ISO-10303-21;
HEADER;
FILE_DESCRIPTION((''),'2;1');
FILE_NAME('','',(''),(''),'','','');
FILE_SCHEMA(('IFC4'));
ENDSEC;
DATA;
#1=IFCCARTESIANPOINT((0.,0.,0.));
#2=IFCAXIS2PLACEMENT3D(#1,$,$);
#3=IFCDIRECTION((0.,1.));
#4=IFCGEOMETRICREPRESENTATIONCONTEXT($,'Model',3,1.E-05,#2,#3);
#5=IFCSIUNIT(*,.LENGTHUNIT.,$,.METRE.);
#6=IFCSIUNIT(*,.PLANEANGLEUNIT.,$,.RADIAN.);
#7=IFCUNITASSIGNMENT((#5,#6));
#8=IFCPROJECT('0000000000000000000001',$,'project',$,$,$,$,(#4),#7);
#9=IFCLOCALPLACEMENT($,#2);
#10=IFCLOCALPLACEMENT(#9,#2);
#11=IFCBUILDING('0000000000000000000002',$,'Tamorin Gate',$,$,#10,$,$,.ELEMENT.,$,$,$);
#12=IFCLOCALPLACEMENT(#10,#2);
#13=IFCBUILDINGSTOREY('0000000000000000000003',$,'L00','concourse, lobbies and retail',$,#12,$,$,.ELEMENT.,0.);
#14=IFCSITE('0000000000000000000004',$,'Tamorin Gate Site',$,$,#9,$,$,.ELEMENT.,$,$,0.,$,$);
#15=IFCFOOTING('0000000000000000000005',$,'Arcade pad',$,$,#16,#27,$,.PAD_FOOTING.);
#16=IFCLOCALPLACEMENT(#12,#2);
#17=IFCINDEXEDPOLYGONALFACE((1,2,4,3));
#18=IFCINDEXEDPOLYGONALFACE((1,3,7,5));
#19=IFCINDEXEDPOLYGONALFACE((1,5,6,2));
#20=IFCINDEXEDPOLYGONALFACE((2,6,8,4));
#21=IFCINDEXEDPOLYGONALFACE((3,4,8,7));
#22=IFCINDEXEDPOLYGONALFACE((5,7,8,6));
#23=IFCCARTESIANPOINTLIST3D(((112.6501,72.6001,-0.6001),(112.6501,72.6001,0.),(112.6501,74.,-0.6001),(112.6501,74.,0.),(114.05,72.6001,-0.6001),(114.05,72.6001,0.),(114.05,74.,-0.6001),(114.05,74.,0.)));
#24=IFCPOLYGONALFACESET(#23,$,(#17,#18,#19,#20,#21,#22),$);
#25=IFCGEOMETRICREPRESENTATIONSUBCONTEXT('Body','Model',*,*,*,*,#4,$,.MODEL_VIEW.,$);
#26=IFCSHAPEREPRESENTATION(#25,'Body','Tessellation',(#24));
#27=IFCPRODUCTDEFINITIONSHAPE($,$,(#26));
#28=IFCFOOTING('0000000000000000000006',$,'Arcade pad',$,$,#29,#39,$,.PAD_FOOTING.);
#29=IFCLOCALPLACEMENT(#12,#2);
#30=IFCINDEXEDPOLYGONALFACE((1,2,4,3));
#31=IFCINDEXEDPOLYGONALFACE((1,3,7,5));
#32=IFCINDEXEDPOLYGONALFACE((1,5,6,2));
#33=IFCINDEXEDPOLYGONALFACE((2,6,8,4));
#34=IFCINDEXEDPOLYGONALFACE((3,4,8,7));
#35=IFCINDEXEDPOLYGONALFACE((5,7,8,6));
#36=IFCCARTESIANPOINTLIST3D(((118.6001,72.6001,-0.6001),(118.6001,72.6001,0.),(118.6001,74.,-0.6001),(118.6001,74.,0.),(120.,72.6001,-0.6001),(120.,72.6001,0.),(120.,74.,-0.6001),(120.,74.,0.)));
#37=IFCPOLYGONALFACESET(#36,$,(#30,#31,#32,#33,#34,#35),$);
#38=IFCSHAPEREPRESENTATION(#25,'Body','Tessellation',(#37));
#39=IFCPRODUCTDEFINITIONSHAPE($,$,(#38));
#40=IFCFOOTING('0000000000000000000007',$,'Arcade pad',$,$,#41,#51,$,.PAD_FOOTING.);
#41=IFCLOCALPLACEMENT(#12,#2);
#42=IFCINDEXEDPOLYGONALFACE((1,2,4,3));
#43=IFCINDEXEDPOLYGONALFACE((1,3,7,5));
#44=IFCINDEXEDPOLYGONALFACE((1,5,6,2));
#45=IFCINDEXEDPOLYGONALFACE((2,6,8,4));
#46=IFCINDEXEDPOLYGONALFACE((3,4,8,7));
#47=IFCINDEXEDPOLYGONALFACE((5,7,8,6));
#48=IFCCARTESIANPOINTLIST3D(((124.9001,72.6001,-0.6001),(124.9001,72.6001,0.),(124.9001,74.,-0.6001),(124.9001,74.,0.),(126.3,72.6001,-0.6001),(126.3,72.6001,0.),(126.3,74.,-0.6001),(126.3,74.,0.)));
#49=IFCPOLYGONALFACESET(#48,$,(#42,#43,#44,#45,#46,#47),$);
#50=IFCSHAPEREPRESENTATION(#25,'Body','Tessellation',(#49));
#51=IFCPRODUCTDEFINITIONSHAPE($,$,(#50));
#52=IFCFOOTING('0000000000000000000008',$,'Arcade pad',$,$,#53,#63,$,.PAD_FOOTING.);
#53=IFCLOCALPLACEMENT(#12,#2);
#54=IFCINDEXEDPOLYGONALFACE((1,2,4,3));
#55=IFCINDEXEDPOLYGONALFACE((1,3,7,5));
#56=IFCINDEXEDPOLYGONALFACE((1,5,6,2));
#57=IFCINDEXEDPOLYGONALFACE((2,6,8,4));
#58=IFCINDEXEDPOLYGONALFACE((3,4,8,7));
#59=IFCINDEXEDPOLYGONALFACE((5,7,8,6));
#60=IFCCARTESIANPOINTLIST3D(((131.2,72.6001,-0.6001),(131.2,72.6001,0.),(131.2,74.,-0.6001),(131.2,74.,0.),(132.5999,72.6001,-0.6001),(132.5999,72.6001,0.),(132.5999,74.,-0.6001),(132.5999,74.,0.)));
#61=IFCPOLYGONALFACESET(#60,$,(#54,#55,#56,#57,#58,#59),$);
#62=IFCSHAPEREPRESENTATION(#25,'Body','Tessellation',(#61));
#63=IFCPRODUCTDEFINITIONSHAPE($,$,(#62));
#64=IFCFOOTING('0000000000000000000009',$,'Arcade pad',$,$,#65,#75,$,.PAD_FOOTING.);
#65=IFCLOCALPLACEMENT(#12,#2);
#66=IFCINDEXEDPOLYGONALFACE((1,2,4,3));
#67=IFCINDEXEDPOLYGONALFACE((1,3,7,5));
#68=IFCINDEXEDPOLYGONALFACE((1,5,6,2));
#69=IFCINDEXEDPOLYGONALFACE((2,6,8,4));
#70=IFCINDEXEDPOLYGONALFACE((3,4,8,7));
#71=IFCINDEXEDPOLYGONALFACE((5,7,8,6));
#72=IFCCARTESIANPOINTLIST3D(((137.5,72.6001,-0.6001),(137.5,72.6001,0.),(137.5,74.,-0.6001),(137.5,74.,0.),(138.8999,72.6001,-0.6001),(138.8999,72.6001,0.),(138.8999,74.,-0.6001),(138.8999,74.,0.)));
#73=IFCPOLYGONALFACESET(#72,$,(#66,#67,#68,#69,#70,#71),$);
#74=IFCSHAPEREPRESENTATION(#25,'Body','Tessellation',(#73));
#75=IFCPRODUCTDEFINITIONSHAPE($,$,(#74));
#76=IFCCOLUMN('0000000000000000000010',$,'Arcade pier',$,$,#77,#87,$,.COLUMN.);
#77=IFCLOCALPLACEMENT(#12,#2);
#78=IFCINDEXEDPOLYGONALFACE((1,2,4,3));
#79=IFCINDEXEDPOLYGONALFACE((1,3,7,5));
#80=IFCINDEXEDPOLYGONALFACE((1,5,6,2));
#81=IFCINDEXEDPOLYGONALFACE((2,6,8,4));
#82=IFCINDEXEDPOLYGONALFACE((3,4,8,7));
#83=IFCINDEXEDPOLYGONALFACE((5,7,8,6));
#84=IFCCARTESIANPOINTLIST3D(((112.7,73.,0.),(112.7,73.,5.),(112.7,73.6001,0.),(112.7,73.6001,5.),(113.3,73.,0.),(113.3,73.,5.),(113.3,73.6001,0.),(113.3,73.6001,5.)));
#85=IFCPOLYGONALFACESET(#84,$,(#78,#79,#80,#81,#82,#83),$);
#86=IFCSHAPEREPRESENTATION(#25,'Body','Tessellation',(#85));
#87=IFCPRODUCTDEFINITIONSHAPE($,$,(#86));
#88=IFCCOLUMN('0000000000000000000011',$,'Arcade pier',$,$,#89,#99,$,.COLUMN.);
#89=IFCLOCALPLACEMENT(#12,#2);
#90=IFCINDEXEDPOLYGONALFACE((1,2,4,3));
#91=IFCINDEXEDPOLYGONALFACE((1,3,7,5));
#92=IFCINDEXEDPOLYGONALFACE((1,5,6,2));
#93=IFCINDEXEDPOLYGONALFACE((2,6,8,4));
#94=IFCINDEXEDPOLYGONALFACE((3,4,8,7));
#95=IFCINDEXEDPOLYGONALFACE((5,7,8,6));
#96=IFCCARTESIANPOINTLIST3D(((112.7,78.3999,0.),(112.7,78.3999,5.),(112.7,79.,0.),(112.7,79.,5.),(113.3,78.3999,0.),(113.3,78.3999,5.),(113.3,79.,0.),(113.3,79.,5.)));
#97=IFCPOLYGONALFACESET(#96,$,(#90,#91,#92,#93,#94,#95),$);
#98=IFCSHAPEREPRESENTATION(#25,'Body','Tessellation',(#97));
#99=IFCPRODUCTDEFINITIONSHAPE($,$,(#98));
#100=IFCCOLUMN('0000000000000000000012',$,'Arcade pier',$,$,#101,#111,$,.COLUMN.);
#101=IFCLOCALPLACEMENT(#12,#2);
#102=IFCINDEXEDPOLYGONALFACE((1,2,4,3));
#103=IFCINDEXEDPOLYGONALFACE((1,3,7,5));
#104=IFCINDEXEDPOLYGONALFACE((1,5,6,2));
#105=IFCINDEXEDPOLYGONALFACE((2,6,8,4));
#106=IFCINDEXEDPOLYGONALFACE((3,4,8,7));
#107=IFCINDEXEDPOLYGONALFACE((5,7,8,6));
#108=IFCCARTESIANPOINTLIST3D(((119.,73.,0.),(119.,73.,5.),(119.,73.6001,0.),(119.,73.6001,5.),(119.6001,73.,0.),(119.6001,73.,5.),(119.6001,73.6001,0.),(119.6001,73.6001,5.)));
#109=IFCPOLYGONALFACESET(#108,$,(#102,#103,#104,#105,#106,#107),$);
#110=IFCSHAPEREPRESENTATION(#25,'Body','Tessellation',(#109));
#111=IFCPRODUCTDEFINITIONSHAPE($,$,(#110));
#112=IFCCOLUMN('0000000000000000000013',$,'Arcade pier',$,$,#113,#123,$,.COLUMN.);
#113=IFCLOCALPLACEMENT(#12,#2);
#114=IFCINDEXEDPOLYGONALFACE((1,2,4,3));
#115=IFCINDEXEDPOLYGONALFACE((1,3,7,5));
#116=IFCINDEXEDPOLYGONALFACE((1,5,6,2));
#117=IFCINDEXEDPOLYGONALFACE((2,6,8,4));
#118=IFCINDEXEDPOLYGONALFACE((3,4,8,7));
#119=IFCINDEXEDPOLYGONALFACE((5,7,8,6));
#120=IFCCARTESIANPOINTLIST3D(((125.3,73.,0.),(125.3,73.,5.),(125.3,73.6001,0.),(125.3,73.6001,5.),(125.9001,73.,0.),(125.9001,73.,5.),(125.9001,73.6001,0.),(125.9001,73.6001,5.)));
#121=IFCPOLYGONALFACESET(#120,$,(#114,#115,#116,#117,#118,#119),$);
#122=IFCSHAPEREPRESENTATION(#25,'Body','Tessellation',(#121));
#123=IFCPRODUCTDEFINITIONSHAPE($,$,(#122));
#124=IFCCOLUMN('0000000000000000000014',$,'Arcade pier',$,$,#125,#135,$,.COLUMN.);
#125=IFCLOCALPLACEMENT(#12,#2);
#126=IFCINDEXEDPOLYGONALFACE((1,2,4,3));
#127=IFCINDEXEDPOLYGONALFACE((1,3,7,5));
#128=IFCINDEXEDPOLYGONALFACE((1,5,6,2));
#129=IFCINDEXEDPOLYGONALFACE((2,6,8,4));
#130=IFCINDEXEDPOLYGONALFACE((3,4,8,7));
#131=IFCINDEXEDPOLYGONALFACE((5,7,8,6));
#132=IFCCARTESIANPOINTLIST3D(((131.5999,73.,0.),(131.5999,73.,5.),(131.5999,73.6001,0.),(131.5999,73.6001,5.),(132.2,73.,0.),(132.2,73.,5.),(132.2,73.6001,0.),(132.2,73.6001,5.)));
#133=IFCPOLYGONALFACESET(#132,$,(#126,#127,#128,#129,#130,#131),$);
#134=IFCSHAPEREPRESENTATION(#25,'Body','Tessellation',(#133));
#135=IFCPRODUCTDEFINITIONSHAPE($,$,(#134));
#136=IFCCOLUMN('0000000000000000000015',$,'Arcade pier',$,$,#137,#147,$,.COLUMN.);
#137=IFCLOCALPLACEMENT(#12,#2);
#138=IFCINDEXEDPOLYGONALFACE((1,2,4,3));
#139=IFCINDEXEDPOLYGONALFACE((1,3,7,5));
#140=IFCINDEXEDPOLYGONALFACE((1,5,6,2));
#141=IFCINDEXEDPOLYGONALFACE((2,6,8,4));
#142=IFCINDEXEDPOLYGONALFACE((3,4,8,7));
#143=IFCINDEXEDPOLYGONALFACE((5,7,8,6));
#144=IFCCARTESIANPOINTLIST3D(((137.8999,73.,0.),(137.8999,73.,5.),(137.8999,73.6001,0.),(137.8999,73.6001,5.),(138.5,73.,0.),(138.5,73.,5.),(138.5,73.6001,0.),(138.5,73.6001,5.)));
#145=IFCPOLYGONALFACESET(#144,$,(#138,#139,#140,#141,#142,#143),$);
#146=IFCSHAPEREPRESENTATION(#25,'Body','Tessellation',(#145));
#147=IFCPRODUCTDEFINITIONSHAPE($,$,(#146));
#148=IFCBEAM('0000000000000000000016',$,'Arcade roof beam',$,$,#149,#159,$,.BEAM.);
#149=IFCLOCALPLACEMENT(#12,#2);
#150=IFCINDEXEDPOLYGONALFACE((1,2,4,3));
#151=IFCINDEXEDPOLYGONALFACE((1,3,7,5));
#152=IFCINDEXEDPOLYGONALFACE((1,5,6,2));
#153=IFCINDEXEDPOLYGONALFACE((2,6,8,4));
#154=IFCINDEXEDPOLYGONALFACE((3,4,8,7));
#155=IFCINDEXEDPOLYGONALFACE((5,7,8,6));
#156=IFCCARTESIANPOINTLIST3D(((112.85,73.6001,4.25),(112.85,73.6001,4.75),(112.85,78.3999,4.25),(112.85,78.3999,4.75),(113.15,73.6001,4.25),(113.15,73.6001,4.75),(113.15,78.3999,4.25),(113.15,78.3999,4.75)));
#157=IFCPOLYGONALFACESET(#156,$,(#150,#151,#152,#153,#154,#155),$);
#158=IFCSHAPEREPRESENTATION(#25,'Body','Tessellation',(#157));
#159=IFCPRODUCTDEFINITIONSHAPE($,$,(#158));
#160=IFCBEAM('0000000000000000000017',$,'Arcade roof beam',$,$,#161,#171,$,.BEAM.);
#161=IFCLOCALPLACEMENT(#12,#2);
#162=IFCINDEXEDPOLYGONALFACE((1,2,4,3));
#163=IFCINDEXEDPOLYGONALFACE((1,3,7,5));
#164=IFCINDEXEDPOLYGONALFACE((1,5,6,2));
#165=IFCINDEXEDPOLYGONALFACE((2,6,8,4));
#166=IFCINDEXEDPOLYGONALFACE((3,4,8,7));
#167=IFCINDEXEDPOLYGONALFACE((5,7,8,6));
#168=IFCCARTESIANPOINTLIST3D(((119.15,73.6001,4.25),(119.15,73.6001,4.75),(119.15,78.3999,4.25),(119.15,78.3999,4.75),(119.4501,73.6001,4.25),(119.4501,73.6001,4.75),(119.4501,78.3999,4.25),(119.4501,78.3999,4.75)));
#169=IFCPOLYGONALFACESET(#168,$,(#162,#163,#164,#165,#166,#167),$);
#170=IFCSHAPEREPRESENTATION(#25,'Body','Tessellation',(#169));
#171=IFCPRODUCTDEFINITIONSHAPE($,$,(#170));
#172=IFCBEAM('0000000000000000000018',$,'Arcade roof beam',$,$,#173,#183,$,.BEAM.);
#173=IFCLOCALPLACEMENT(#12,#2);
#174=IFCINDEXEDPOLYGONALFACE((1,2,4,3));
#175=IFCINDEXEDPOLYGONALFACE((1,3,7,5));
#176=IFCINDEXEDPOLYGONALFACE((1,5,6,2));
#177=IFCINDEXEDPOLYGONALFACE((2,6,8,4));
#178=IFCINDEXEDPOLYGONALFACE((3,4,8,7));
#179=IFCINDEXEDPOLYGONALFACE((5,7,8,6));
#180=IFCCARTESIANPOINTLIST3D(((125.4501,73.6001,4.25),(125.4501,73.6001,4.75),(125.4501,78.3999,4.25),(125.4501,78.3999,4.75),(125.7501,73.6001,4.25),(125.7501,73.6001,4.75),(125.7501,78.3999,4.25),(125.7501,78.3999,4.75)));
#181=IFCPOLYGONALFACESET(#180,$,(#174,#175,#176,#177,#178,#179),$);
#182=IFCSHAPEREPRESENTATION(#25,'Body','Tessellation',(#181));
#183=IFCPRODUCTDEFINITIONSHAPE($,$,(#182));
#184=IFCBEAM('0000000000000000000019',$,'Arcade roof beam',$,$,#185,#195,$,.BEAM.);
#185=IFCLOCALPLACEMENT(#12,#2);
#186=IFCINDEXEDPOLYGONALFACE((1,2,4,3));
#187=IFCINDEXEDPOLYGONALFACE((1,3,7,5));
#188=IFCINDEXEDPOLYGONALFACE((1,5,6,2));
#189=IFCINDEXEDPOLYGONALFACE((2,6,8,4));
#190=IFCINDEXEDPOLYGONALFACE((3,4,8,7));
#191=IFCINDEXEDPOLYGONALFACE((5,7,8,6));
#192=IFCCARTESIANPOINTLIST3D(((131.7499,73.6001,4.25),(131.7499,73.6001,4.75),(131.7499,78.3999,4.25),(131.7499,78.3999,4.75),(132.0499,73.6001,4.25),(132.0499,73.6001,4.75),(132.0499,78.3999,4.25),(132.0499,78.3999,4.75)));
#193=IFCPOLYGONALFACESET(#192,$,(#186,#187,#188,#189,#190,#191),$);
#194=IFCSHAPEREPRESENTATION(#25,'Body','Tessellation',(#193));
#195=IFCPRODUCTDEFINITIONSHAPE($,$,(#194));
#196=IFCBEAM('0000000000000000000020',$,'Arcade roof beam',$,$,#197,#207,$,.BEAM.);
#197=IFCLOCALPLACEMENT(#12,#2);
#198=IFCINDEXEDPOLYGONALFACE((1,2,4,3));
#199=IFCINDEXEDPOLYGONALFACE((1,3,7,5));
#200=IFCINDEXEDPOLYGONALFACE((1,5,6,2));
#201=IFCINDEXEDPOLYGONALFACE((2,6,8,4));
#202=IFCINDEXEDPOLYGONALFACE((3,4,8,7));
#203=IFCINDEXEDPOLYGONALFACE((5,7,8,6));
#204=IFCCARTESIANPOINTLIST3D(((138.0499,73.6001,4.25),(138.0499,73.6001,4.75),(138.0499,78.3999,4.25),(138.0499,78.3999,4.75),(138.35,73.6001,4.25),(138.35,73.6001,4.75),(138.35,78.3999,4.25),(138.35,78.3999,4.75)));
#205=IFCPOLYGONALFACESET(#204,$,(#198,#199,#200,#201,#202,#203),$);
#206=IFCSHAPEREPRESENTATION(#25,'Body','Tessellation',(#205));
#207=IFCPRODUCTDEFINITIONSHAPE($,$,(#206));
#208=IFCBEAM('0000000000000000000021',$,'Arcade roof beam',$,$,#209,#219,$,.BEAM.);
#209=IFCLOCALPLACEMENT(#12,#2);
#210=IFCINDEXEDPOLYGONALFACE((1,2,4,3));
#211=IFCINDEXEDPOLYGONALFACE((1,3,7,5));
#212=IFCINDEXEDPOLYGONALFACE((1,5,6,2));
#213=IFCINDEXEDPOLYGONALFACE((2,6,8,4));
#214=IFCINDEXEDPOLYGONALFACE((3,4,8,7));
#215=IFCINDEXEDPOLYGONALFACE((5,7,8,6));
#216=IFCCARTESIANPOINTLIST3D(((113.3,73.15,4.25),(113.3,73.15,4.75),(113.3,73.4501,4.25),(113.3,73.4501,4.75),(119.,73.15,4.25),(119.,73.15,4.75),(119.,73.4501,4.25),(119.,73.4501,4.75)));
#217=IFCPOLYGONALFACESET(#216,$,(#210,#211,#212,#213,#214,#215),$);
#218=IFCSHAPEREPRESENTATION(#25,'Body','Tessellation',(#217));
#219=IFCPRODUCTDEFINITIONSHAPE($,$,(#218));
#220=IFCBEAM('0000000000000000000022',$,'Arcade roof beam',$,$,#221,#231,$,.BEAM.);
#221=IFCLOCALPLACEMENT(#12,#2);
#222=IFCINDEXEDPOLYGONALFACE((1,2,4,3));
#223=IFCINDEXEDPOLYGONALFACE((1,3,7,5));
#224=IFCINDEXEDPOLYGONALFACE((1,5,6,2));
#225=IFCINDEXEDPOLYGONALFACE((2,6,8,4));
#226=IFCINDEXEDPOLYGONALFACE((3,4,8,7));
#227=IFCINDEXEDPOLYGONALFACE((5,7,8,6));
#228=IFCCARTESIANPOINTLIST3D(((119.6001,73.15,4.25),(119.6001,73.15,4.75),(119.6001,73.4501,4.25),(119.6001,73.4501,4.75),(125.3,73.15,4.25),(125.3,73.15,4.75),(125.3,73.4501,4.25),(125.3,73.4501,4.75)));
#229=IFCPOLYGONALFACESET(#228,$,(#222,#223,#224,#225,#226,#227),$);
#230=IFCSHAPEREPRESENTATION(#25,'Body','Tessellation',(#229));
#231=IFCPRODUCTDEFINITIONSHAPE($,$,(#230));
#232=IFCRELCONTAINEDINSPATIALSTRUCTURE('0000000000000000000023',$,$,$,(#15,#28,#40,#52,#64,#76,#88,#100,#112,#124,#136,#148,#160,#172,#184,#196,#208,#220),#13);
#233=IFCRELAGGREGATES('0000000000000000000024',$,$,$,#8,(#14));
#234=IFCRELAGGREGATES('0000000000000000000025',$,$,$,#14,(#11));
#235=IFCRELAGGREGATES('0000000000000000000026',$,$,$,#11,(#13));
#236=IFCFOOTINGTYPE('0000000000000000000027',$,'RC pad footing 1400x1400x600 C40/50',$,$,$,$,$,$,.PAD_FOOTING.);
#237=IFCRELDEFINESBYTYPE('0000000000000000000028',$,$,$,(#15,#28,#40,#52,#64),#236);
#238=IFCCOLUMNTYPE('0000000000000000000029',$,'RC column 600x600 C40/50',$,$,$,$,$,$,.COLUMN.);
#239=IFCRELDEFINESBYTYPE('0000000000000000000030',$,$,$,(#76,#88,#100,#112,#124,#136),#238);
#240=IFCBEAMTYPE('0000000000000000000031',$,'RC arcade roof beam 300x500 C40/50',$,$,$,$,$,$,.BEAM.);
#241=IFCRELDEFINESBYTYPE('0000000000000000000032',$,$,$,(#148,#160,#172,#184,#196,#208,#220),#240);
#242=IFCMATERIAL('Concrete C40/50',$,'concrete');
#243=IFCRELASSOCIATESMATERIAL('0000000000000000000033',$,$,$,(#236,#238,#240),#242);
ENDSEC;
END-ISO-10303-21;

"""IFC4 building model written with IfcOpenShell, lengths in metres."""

from ifc_helpers import new_model, si_unit, direction, frame, origin, origin_2d, place, context, subcontext, project, spatial, rectangle, extrude, material, material_profile, profile_set, type_object, element, save


model = new_model("IFC4")

# Units and contexts
model_context = context("Model", 3, precision=1e-05, world=origin(), true_north=direction((0.0, 1.0)))
body_context = subcontext(model_context, "Body", "Model", "MODEL_VIEW")
ifc_project = project(units=[si_unit("LENGTHUNIT", "METRE"), si_unit("PLANEANGLEUNIT", "RADIAN")], contexts=[model_context])

# Site, building, storey
site_placement = place(None, origin())
site = spatial("IfcSite", under=ifc_project, at=site_placement, Name="Tamorin Gate Site", CompositionType="ELEMENT", RefElevation=0.0)
building_placement = place(site_placement, origin())
building = spatial("IfcBuilding", under=site, at=building_placement, Name="Tamorin Gate", CompositionType="ELEMENT")
storey_placement = place(building_placement, origin())
storey = spatial("IfcBuildingStorey", under=building, at=storey_placement, Name="L00", Description="concourse, lobbies and retail", CompositionType="ELEMENT", Elevation=0.0)

# Footings
ifc_material = material(Name="Concrete C40/50", Category="concrete")
footing_type = type_object("IfcFootingType", Name="RC pad footing 1400x1400x600 C40/50", PredefinedType="PAD_FOOTING", material=ifc_material)
for number, where, z_axis, x_axis, name in (
    (1, (113.3501, 73.3, -0.6001), (0.0, 0.0, 1.0), (1.0, 0.0, 0.0), "Arcade pad"),
    (2, (119.3, 73.3, -0.6001), (0.0, 0.0, 1.0), (1.0, 0.0, 0.0), "Arcade pad"),
    (3, (125.6001, 73.3, -0.6001), (0.0, 0.0, 1.0), (1.0, 0.0, 0.0), "Arcade pad"),
    (4, (131.8999, 73.3, -0.6001), (0.0, 0.0, 1.0), (1.0, 0.0, 0.0), "Arcade pad"),
    (5, (138.2, 73.3, -0.6001), (0.0, 0.0, 1.0), (1.0, 0.0, 0.0), "Arcade pad"),
):
    element("IfcFooting", number, at=place(storey_placement, frame(where, z_axis=z_axis, x_axis=x_axis)), inside=storey, type_object=footing_type, Name=name, PredefinedType="PAD_FOOTING", context=body_context, shape_type="SweptSolid", body=[
        extrude(rectangle(XDim=1.3999, YDim=1.3999, at=origin_2d()), origin(), (0.0, 0.0, 1.0), 0.6001),
    ])

# Columns
ifc_material_profile_1 = material_profile(ifc_material, rectangle(XDim=0.6001, YDim=0.6001, at=origin_2d()))
ifc_profile_set_1 = profile_set([ifc_material_profile_1], Name="Concrete C40/50")
column_type = type_object("IfcColumnType", Name="RC column 600x600 C40/50", PredefinedType="COLUMN", material=ifc_profile_set_1)
for number, where, z_axis, x_axis, name in (
    (6, (113.0, 73.3, 0.0), (0.0, 0.0, 1.0), (1.0, 0.0, 0.0), "Arcade pier"),
    (7, (113.0, 78.7, 0.0), (0.0, 0.0, 1.0), (1.0, 0.0, 0.0), "Arcade pier"),
    (8, (119.3, 73.3, 0.0), (0.0, 0.0, 1.0), (1.0, 0.0, 0.0), "Arcade pier"),
    (9, (125.6001, 73.3, 0.0), (0.0, 0.0, 1.0), (1.0, 0.0, 0.0), "Arcade pier"),
    (10, (131.8999, 73.3, 0.0), (0.0, 0.0, 1.0), (1.0, 0.0, 0.0), "Arcade pier"),
    (11, (138.2, 73.3, 0.0), (0.0, 0.0, 1.0), (1.0, 0.0, 0.0), "Arcade pier"),
):
    element("IfcColumn", number, at=place(storey_placement, frame(where, z_axis=z_axis, x_axis=x_axis)), inside=storey, type_object=column_type, Name=name, PredefinedType="COLUMN", context=body_context, shape_type="SweptSolid", body=[
        extrude(rectangle(XDim=0.6001, YDim=0.6001, at=origin_2d()), origin(), (0.0, 0.0, 1.0), 5.0),
    ])

# Beams
ifc_material_profile_2 = material_profile(ifc_material, rectangle(XDim=0.3, YDim=0.5, at=origin_2d()))
ifc_profile_set_2 = profile_set([ifc_material_profile_2], Name="Concrete C40/50")
beam_type = type_object("IfcBeamType", Name="RC arcade roof beam 300x500 C40/50", PredefinedType="BEAM", material=ifc_profile_set_2)
for number, where, z_axis, x_axis, name in (
    (12, (113.0, 73.6001, 4.5), (0.0, 1.0, 0.0), (-1.0, 0.0, 0.0), "Arcade roof beam"),
    (13, (119.3, 73.6001, 4.5), (0.0, 1.0, 0.0), (-1.0, 0.0, 0.0), "Arcade roof beam"),
    (14, (125.6001, 73.6001, 4.5), (0.0, 1.0, 0.0), (-1.0, 0.0, 0.0), "Arcade roof beam"),
    (15, (131.8999, 73.6001, 4.5), (0.0, 1.0, 0.0), (-1.0, 0.0, 0.0), "Arcade roof beam"),
    (16, (138.2, 73.6001, 4.5), (0.0, 1.0, 0.0), (-1.0, 0.0, 0.0), "Arcade roof beam"),
):
    element("IfcBeam", number, at=place(storey_placement, frame(where, z_axis=z_axis, x_axis=x_axis)), inside=storey, type_object=beam_type, Name=name, PredefinedType="BEAM", context=body_context, shape_type="SweptSolid", body=[
        extrude(rectangle(XDim=0.3, YDim=0.5, at=origin_2d()), origin(), (0.0, 0.0, 1.0), 4.7998),
    ])
for number, where, z_axis, x_axis, name in (
    (17, (113.3, 73.3, 4.5), (1.0, 0.0, 0.0), (0.0, 1.0, 0.0), "Arcade roof beam"),
    (18, (119.6001, 73.3, 4.5), (1.0, 0.0, 0.0), (0.0, 1.0, 0.0), "Arcade roof beam"),
):
    element("IfcBeam", number, at=place(storey_placement, frame(where, z_axis=z_axis, x_axis=x_axis)), inside=storey, type_object=beam_type, Name=name, PredefinedType="BEAM", context=body_context, shape_type="SweptSolid", body=[
        extrude(rectangle(XDim=0.3, YDim=0.5, at=origin_2d()), origin(), (0.0, 0.0, 1.0), 5.7),
    ])

save(model, "model.ifc")
